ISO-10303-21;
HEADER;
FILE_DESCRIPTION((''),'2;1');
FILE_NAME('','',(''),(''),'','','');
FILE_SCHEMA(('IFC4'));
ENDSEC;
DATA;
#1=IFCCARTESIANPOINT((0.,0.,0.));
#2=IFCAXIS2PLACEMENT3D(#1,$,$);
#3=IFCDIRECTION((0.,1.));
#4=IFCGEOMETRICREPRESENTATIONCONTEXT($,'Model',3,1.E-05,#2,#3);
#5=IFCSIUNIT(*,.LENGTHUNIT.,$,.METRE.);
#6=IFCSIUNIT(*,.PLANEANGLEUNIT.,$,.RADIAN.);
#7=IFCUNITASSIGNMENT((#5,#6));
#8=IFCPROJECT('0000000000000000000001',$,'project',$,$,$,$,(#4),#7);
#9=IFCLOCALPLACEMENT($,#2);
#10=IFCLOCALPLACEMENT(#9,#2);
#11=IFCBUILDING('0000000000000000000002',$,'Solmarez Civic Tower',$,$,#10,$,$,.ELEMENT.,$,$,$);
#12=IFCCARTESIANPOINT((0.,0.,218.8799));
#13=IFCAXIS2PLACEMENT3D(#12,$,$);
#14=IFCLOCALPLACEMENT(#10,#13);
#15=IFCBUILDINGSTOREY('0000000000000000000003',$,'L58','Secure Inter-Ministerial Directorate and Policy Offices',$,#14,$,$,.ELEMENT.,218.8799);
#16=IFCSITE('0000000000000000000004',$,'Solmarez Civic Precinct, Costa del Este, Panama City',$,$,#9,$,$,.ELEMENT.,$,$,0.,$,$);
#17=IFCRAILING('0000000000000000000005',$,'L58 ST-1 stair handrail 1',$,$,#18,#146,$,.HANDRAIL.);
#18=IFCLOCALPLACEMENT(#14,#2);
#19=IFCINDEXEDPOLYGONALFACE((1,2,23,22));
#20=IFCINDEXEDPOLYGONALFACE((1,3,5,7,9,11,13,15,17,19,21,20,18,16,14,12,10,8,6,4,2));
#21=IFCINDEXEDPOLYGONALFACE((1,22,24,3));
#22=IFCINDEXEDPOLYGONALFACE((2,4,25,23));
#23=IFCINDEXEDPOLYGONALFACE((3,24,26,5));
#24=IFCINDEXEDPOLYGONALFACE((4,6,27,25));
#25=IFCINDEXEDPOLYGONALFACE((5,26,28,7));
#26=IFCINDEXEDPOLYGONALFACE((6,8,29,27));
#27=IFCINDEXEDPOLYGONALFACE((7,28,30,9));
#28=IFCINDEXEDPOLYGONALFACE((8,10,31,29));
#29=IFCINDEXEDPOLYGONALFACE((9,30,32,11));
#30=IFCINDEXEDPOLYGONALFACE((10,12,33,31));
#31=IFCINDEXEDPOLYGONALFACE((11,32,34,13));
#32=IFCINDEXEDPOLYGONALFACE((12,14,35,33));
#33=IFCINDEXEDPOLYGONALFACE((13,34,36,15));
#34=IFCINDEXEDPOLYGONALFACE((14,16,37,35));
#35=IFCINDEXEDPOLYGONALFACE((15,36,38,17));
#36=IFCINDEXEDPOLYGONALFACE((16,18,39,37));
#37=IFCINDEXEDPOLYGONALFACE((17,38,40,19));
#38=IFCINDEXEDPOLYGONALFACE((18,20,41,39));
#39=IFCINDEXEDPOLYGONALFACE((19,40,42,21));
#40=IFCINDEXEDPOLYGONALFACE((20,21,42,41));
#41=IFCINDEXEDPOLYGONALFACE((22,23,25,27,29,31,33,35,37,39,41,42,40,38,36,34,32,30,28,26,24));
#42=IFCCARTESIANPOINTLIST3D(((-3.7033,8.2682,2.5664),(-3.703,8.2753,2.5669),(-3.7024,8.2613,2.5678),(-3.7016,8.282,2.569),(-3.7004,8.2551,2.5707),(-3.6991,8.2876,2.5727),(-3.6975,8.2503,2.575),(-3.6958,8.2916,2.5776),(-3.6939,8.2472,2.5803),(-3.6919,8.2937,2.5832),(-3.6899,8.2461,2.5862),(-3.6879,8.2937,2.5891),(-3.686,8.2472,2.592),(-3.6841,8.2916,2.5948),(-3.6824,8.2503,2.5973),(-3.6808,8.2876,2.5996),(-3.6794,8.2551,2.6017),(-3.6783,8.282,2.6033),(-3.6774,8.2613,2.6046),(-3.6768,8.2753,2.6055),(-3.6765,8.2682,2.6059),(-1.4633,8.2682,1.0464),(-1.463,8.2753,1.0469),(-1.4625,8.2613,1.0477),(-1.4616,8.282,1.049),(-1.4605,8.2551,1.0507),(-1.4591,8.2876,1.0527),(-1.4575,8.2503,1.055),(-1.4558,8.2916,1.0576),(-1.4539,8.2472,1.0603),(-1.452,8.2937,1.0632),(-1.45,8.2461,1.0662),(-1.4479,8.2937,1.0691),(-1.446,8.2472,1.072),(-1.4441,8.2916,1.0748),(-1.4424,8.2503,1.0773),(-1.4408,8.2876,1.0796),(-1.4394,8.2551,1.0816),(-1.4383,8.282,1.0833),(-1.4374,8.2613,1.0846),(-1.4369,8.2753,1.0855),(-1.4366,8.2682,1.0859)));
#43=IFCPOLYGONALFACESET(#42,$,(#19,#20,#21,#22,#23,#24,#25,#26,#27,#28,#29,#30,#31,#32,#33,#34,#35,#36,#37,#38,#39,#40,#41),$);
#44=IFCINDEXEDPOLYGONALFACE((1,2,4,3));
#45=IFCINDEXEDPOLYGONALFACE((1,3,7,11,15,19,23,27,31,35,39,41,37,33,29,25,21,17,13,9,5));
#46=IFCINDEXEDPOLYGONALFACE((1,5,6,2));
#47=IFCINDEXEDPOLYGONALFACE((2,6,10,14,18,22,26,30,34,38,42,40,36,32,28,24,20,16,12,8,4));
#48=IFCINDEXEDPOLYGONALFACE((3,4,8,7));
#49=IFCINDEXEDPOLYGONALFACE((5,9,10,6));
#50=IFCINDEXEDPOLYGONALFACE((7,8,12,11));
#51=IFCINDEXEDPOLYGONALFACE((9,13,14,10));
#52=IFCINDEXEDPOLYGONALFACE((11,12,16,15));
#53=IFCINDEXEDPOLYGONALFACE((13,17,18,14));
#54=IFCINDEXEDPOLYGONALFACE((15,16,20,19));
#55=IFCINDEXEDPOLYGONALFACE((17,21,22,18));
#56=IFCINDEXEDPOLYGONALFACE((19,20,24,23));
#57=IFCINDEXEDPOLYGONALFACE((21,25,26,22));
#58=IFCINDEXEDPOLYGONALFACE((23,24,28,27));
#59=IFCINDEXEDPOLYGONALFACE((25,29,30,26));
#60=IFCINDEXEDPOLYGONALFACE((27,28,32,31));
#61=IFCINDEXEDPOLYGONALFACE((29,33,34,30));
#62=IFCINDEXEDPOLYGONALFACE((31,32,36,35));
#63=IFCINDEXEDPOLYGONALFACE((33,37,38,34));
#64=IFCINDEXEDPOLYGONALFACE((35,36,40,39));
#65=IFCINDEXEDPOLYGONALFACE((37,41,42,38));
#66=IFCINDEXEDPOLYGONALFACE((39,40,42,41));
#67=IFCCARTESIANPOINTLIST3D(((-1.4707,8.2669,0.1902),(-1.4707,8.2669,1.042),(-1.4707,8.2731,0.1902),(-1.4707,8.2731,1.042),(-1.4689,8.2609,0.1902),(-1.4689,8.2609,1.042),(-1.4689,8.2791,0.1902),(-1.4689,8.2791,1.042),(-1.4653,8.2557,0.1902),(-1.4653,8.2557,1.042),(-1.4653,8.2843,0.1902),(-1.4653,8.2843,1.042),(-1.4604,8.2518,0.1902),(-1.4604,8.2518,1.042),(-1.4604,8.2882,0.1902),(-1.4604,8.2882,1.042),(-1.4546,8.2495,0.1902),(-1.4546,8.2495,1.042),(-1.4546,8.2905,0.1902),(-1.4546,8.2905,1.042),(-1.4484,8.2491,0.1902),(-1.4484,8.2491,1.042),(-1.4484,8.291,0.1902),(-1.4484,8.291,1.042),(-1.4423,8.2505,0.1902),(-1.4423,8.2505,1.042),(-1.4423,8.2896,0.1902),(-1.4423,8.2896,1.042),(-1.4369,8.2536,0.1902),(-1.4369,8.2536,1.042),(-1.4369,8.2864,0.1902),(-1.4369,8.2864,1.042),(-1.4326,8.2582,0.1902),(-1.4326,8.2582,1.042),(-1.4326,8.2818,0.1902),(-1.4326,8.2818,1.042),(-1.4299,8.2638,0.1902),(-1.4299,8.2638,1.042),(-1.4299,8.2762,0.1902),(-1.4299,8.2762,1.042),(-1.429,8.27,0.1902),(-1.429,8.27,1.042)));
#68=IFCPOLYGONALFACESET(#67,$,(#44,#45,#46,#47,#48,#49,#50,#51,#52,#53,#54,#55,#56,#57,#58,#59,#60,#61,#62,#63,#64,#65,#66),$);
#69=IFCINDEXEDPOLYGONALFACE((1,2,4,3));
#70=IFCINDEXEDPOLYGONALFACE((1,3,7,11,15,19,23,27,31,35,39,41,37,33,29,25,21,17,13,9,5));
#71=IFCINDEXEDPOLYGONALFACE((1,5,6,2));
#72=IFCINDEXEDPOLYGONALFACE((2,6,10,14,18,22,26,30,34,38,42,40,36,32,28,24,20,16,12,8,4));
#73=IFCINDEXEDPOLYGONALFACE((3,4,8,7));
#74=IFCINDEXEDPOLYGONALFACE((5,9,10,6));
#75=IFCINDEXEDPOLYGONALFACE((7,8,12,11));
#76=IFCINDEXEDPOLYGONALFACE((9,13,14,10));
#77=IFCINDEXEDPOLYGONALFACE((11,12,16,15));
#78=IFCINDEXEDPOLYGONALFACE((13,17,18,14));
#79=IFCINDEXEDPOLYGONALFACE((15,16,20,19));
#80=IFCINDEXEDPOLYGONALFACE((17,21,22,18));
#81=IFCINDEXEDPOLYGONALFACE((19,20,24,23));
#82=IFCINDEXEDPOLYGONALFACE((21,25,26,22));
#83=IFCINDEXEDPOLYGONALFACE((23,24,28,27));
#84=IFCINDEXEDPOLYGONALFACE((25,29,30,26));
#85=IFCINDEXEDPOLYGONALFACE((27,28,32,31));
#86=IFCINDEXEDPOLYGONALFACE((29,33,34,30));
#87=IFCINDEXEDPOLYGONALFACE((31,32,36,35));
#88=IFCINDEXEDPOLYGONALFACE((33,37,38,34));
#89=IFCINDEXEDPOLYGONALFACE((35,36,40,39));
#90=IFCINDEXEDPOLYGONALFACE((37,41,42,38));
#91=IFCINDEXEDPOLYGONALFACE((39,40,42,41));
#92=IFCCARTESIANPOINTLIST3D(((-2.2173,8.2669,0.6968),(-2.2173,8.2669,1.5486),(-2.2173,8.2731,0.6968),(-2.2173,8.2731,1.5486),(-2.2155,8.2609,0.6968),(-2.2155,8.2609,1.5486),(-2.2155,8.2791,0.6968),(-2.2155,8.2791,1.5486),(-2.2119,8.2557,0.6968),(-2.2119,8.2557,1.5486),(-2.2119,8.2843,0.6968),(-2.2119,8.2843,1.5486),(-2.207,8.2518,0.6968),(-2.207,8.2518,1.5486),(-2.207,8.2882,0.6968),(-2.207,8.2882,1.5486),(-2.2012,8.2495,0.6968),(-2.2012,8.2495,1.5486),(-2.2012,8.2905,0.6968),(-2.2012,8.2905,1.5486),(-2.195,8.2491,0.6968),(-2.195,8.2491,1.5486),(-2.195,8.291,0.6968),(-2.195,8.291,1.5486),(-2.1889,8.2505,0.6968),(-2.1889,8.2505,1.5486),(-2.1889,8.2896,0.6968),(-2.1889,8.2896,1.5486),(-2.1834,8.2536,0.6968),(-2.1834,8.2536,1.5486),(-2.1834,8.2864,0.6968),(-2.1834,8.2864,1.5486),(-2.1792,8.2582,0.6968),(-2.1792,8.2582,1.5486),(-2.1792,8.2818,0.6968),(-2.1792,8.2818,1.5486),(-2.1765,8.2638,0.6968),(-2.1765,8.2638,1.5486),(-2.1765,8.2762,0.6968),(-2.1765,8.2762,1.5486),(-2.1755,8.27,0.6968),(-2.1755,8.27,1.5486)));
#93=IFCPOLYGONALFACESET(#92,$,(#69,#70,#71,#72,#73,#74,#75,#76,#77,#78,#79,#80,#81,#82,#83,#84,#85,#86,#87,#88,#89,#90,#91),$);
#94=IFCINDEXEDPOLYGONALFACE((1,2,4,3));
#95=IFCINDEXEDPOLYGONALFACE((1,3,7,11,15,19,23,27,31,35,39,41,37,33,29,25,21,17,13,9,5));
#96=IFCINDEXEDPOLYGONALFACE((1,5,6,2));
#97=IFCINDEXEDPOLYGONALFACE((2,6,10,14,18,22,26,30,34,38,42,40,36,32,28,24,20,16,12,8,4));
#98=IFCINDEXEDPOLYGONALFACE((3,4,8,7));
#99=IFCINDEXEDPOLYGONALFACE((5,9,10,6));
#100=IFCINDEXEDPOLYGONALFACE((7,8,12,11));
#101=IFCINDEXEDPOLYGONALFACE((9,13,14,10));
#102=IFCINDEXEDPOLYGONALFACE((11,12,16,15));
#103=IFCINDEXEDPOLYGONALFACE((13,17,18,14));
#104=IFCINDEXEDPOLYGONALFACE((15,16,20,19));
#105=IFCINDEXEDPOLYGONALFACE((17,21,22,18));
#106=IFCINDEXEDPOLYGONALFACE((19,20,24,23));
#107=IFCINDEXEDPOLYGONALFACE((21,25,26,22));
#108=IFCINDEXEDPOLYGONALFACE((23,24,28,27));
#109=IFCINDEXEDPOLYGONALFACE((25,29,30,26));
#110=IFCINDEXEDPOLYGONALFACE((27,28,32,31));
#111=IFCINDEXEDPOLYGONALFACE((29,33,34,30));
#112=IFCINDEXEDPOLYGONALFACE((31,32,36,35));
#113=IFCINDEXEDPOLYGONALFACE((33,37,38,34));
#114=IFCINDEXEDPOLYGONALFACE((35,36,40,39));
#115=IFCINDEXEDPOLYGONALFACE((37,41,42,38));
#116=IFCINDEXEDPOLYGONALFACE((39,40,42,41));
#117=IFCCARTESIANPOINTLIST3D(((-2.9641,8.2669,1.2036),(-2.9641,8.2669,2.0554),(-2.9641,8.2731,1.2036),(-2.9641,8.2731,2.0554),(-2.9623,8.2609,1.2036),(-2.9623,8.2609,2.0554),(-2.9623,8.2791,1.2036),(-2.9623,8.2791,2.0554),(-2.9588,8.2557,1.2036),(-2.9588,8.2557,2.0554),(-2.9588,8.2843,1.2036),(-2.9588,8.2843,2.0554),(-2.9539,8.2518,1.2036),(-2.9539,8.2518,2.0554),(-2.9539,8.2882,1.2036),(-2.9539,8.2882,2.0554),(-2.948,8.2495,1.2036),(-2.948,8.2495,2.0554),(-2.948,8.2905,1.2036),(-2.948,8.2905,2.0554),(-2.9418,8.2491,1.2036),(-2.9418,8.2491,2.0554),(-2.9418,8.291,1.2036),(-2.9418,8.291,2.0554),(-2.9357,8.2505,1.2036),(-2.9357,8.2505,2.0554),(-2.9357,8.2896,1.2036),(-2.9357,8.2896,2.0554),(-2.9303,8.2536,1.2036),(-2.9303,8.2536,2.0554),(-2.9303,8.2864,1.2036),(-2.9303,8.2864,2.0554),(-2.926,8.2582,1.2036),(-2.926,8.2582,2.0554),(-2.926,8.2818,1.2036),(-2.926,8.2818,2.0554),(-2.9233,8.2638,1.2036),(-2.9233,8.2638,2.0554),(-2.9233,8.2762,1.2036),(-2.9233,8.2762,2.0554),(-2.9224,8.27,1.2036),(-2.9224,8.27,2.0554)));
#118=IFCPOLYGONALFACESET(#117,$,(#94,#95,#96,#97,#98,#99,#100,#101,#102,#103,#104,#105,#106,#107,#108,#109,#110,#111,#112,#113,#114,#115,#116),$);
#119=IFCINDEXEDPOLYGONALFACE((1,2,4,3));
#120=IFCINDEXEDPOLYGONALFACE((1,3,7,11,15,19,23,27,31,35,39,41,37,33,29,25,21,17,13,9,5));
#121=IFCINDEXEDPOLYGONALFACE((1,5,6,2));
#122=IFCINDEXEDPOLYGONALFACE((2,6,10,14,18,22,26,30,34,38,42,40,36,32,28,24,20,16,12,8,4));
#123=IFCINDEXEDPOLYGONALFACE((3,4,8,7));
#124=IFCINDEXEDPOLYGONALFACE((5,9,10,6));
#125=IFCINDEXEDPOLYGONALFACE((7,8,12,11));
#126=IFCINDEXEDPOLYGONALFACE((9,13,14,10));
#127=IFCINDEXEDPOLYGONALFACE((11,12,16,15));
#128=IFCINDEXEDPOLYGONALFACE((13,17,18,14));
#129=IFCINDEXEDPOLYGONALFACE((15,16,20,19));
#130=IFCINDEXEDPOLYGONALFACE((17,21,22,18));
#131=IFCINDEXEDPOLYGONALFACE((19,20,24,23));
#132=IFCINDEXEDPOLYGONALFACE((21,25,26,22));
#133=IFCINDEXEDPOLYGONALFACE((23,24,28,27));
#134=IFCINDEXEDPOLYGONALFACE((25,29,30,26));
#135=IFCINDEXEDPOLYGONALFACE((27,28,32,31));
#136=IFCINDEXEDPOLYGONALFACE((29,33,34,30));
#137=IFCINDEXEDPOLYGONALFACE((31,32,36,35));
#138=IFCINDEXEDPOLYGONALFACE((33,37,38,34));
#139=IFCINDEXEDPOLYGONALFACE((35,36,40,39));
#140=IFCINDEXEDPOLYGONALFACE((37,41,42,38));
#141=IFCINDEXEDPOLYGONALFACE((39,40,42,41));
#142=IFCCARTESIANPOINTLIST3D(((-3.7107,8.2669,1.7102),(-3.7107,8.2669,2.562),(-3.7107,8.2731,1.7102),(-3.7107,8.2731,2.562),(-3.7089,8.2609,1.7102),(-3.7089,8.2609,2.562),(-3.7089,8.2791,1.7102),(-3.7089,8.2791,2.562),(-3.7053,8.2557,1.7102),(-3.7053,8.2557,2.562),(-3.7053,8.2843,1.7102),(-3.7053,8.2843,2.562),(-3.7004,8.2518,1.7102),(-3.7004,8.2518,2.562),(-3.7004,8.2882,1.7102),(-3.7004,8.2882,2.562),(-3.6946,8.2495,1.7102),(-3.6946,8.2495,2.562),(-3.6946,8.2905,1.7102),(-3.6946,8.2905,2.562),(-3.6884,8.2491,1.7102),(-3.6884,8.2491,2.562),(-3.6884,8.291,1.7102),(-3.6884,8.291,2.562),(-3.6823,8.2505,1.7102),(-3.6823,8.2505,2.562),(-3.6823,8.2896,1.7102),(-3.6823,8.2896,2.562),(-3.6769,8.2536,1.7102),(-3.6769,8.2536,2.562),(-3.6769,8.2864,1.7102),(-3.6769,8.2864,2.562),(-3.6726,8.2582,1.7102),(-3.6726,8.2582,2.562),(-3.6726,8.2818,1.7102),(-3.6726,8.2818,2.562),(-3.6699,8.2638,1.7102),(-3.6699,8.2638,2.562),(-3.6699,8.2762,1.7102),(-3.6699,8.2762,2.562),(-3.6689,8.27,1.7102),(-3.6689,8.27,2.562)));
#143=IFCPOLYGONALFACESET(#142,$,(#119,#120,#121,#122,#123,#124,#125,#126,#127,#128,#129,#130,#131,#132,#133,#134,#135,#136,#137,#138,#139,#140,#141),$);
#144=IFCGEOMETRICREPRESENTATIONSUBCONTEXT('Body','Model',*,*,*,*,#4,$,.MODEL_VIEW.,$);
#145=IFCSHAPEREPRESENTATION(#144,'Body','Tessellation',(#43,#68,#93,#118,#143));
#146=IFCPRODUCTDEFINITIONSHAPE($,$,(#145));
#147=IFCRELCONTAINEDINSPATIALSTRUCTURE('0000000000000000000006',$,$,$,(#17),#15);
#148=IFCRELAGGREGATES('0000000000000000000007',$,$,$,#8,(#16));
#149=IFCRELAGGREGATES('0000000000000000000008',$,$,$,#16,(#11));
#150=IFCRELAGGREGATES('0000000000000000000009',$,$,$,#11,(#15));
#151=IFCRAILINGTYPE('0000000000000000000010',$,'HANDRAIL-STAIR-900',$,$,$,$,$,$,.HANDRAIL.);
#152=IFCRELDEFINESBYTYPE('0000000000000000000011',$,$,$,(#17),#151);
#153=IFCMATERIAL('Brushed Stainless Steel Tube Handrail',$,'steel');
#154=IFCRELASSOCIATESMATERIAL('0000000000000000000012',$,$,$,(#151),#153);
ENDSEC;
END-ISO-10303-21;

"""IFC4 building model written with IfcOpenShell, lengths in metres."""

from ifc_helpers import new_model, si_unit, direction, frame, origin, origin_2d, place, context, subcontext, project, spatial, circle, extrude, material, type_object, element, save


model = new_model("IFC4")

# Units and contexts
model_context = context("Model", 3, precision=1e-05, world=origin(), true_north=direction((0.0, 1.0)))
body_context = subcontext(model_context, "Body", "Model", "MODEL_VIEW")
ifc_project = project(units=[si_unit("LENGTHUNIT", "METRE"), si_unit("PLANEANGLEUNIT", "RADIAN")], contexts=[model_context])

# Site, building, storey
site_placement = place(None, origin())
site = spatial("IfcSite", under=ifc_project, at=site_placement, Name="Solmarez Civic Precinct, Costa del Este, Panama City", CompositionType="ELEMENT", RefElevation=0.0)
building_placement = place(site_placement, origin())
building = spatial("IfcBuilding", under=site, at=building_placement, Name="Solmarez Civic Tower", CompositionType="ELEMENT")
storey_placement = place(building_placement, frame((0.0, 0.0, 218.8799)))
storey = spatial("IfcBuildingStorey", under=building, at=storey_placement, Name="L58", Description="Secure Inter-Ministerial Directorate and Policy Offices", CompositionType="ELEMENT", Elevation=218.8799)

# Railing
ifc_material_1 = material(Name="Brushed Stainless Steel Tube Handrail", Category="steel")
railing_type_1 = type_object("IfcRailingType", Name="HANDRAIL-STAIR-900", PredefinedType="HANDRAIL", material=ifc_material_1)
railing_1_placement = place(storey_placement, frame((-1.45, 8.27, 0.1902)))
element("IfcRailing", 1, at=railing_1_placement, inside=storey, type_object=railing_type_1, Name="L58 ST-1 stair handrail 1", PredefinedType="HANDRAIL", context=body_context, shape_type="SweptSolid", body=[
    extrude(circle(Radius=0.0239, at=origin_2d()), frame((0.0, 0.0, 0.876), z_axis=(-0.827471, 0.0, 0.561508), x_axis=(0.0, -1.0, 0.0)), (0.0, 0.0, 1.0), 2.707),
    extrude(circle(Radius=0.021, at=origin_2d()), origin(), (0.0, 0.0, 1.0), 0.8518),
    extrude(circle(Radius=0.021, at=origin_2d()), frame((-0.7466, 0.0, 0.5066)), (0.0, 0.0, 1.0), 0.8518),
    extrude(circle(Radius=0.021, at=origin_2d()), frame((-1.4934, 0.0, 1.0134)), (0.0, 0.0, 1.0), 0.8518),
    extrude(circle(Radius=0.021, at=origin_2d()), frame((-2.24, 0.0, 1.52)), (0.0, 0.0, 1.0), 0.8518),
])

save(model, "model.ifc")
